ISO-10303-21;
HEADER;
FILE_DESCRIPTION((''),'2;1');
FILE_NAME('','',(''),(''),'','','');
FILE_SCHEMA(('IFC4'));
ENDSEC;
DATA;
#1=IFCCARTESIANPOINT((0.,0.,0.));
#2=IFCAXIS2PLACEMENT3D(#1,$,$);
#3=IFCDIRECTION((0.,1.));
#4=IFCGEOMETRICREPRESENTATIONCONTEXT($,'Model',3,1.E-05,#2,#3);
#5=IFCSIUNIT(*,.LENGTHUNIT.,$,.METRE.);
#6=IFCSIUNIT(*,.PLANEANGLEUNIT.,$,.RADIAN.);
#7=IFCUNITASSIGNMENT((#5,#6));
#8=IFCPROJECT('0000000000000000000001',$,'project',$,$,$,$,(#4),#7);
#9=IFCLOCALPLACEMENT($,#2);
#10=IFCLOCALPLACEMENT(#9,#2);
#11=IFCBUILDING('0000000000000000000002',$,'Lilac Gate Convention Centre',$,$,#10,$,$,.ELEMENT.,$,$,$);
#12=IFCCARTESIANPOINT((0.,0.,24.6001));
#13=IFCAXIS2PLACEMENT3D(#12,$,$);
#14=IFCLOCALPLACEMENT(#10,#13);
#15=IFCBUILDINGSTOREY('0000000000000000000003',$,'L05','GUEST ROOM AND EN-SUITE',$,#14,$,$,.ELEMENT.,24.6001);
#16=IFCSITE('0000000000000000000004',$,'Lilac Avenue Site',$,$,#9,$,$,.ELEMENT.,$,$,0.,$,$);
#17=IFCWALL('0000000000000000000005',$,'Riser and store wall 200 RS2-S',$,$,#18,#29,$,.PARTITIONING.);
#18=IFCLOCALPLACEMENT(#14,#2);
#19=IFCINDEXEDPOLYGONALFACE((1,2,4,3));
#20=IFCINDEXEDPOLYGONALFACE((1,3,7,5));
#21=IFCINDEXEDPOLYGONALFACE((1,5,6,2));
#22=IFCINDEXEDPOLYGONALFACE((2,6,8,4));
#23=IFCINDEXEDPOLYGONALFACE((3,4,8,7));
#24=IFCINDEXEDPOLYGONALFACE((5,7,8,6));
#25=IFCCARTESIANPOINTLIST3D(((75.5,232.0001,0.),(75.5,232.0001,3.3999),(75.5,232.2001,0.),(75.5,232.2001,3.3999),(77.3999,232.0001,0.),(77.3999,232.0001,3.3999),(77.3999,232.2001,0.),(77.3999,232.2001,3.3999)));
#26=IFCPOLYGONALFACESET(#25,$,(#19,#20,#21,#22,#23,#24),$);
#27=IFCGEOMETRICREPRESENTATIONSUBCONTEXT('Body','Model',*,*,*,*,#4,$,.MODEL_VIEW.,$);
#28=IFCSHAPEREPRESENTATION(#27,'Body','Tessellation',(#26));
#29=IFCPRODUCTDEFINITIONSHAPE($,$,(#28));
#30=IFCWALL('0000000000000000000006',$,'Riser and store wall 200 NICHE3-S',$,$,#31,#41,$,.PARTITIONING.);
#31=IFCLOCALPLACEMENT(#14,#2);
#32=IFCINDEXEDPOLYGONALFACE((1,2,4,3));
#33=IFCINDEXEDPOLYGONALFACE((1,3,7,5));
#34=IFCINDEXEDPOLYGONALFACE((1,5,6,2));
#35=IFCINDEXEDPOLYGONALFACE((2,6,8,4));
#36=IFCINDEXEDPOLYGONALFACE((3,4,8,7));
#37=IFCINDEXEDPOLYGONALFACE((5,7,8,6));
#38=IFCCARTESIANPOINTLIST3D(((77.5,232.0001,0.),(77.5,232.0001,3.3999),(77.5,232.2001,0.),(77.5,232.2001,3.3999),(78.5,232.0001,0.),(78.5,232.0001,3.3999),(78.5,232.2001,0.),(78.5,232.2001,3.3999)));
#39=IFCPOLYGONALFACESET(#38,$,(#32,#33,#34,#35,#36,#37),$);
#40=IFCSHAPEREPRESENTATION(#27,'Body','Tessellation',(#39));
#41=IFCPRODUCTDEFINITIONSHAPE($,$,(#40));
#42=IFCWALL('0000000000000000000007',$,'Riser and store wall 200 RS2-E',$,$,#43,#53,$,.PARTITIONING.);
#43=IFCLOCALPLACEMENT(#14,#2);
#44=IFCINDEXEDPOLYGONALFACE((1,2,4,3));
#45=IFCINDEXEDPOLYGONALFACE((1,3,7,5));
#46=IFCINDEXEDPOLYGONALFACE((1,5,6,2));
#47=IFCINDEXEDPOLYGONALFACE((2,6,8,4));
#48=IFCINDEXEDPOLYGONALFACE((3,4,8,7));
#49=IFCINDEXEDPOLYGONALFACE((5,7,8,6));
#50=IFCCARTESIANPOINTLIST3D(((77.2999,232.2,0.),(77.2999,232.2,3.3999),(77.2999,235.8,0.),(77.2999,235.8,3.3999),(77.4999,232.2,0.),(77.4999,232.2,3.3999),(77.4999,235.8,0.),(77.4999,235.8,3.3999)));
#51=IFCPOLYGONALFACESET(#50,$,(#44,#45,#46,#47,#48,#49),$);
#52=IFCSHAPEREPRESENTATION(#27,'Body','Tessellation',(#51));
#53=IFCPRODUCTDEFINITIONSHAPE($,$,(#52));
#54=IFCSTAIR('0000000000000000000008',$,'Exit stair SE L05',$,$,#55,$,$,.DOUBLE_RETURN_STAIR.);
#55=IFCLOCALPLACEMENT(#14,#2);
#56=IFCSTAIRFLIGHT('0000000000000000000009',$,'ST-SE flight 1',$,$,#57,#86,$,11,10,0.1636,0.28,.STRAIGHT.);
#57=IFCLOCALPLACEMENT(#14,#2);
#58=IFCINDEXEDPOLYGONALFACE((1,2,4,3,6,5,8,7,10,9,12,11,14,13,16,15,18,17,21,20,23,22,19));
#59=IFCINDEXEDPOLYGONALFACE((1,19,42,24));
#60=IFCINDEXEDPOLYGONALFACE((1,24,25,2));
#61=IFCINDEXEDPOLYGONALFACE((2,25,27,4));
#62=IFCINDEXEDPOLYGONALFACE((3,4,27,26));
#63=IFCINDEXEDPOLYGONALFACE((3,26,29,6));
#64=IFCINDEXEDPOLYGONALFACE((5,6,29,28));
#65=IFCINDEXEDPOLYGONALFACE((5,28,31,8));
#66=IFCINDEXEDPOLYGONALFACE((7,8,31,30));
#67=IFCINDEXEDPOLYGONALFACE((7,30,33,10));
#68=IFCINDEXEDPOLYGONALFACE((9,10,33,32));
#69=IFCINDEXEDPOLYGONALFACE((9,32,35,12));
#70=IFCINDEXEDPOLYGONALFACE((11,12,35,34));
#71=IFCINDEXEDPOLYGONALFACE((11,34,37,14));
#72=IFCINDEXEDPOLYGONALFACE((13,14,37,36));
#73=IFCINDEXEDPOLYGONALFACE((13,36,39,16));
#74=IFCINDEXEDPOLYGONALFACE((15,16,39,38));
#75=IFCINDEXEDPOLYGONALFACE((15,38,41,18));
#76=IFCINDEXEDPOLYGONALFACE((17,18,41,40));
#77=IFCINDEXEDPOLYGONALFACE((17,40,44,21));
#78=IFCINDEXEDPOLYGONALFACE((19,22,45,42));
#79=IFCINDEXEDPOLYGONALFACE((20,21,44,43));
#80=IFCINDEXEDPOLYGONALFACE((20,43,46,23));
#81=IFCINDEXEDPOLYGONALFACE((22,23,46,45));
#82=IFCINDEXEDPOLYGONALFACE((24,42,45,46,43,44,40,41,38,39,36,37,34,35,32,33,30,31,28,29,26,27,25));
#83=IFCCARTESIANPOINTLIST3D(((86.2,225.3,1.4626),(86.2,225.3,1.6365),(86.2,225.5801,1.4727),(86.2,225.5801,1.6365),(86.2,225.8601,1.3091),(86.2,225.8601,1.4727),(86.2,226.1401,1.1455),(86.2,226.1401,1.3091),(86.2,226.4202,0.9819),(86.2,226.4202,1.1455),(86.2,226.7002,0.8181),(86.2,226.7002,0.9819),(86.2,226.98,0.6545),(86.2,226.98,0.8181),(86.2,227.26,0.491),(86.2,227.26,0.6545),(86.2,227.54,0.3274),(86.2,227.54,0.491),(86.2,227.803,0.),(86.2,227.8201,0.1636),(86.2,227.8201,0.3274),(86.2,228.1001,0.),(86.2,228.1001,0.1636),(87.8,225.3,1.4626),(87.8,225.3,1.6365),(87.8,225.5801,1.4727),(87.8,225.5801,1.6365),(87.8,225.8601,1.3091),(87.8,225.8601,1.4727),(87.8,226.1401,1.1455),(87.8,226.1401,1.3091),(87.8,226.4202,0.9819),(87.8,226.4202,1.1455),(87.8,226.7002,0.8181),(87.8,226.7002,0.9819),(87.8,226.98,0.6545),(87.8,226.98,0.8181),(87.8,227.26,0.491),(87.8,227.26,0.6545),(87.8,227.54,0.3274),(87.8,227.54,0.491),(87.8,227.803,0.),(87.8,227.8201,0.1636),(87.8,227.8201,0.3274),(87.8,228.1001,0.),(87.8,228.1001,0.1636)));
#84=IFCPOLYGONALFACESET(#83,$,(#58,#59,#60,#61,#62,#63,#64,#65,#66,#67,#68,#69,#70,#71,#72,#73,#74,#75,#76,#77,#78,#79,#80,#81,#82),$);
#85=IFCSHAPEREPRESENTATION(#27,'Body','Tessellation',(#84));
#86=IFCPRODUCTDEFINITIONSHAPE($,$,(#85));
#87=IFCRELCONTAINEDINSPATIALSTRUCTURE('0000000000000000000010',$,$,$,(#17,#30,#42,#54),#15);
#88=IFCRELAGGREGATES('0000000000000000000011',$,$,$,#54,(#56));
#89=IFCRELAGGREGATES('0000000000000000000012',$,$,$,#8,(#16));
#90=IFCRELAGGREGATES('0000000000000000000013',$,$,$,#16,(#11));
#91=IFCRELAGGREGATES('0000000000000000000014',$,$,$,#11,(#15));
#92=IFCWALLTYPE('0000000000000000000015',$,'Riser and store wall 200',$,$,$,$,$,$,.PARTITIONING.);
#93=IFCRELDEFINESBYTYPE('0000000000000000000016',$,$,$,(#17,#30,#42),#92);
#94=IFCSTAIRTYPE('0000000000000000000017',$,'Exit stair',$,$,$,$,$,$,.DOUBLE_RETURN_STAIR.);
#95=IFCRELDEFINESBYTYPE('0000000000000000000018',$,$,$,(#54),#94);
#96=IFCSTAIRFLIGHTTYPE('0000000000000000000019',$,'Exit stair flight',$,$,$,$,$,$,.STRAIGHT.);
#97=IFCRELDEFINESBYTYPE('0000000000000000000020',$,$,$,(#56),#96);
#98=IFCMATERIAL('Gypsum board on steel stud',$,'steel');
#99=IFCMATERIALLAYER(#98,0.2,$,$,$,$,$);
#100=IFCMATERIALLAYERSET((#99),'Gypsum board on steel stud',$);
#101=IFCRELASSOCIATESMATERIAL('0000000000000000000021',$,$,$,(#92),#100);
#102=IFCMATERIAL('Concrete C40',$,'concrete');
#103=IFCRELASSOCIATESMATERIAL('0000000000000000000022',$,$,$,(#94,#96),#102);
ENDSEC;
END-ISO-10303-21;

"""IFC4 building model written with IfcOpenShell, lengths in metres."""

from ifc_helpers import new_model, si_unit, direction, frame, frame_2d, origin, place, context, subcontext, project, spatial, polyline, rectangle, outline, extrude, material, layer, layer_set, type_object, element, aggregate, save


model = new_model("IFC4")

# Units and contexts
model_context = context("Model", 3, precision=1e-05, world=origin(), true_north=direction((0.0, 1.0)))
body_context = subcontext(model_context, "Body", "Model", "MODEL_VIEW")
ifc_project = project(units=[si_unit("LENGTHUNIT", "METRE"), si_unit("PLANEANGLEUNIT", "RADIAN")], contexts=[model_context])

# Site, building, storey
site_placement = place(None, origin())
site = spatial("IfcSite", under=ifc_project, at=site_placement, Name="Lilac Avenue Site", CompositionType="ELEMENT", RefElevation=0.0)
building_placement = place(site_placement, origin())
building = spatial("IfcBuilding", under=site, at=building_placement, Name="Lilac Gate Convention Centre", CompositionType="ELEMENT")
storey_placement = place(building_placement, frame((0.0, 0.0, 24.6001)))
storey = spatial("IfcBuildingStorey", under=building, at=storey_placement, Name="L05", Description="GUEST ROOM AND EN-SUITE", CompositionType="ELEMENT", Elevation=24.6001)

# Shared definitions
ifc_material_1 = material(Name="Gypsum board on steel stud", Category="steel")

# Walls
ifc_layer_1 = layer(ifc_material_1, 0.2)
ifc_layer_set_1 = layer_set([ifc_layer_1], Name="Gypsum board on steel stud")
wall_type_1 = type_object("IfcWallType", Name="Riser and store wall 200", PredefinedType="PARTITIONING", material=ifc_layer_set_1)
wall_1_placement = place(storey_placement, frame((75.5, 232.1001, 0.0), z_axis=(0.0, 0.0, 1.0), x_axis=(1.0, 0.0, 0.0)))
element("IfcWall", 1, at=wall_1_placement, inside=storey, type_object=wall_type_1, Name="Riser and store wall 200 RS2-S", PredefinedType="PARTITIONING", context=body_context, shape_type="SweptSolid", body=[
    extrude(rectangle(XDim=1.8999, YDim=0.2, at=frame_2d((0.95, 0.0))), origin(), (0.0, 0.0, 1.0), 3.3999),
])
wall_2_placement = place(storey_placement, frame((77.5, 232.1001, 0.0), z_axis=(0.0, 0.0, 1.0), x_axis=(1.0, 0.0, 0.0)))
element("IfcWall", 2, at=wall_2_placement, inside=storey, type_object=wall_type_1, Name="Riser and store wall 200 NICHE3-S", PredefinedType="PARTITIONING", context=body_context, shape_type="SweptSolid", body=[
    extrude(rectangle(XDim=1.0, YDim=0.2, at=frame_2d((0.5, 0.0))), origin(), (0.0, 0.0, 1.0), 3.3999),
])
wall_3_placement = place(storey_placement, frame((77.3999, 232.2, 0.0), z_axis=(0.0, 0.0, 1.0), x_axis=(0.0, 1.0, 0.0)))
element("IfcWall", 3, at=wall_3_placement, inside=storey, type_object=wall_type_1, Name="Riser and store wall 200 RS2-E", PredefinedType="PARTITIONING", context=body_context, shape_type="SweptSolid", body=[
    extrude(rectangle(XDim=3.6001, YDim=0.2, at=frame_2d((1.8, 0.0))), origin(), (0.0, 0.0, 1.0), 3.3999),
])

# Stair, stair flight
ifc_material_2 = material(Name="Concrete C40", Category="concrete")
stair_type = type_object("IfcStairType", Name="Exit stair", PredefinedType="DOUBLE_RETURN_STAIR", material=ifc_material_2)
stair_placement = place(storey_placement, origin())
stair = element("IfcStair", 4, at=stair_placement, inside=storey, type_object=stair_type, Name="Exit stair SE L05", PredefinedType="DOUBLE_RETURN_STAIR")
stair_flight_type = type_object("IfcStairFlightType", Name="Exit stair flight", PredefinedType="STRAIGHT", material=ifc_material_2)
stair_flight_placement = place(storey_placement, frame((87.0, 228.1001, 0.0), z_axis=(0.0, 0.0, 1.0), x_axis=(0.0, -1.0, 0.0)))
stair_flight = element("IfcStairFlight", 5, at=stair_flight_placement, type_object=stair_flight_type, Name="ST-SE flight 1", NumberOfRisers=11, NumberOfTreads=10, PredefinedType="STRAIGHT", RiserHeight=0.1636, TreadLength=0.28, context=body_context, shape_type="SweptSolid", body=[
    extrude(outline(polyline([(0.0, 0.0), (0.0, 0.1636), (0.28, 0.1636), (0.28, 0.3274), (0.5601, 0.3274), (0.5601, 0.491), (0.8401, 0.491), (0.8401, 0.6545), (1.1201, 0.6545), (1.1201, 0.8181), (1.3999, 0.8181), (1.3999, 0.9819), (1.6799, 0.9819), (1.6799, 1.1455), (1.96, 1.1455), (1.96, 1.3091), (2.24, 1.3091), (2.24, 1.4727), (2.52, 1.4727), (2.52, 1.6365), (2.8, 1.6365), (2.8, 1.8), (2.8, 1.4626), (0.2971, 0.0), (0.0, 0.0)])), frame((0.0, 0.8, 0.0), z_axis=(0.0, -1.0, 0.0), x_axis=(1.0, 0.0, 0.0)), (0.0, 0.0, 1.0), 1.6001),
])
aggregate(stair, [stair_flight])

save(model, "model.ifc")
